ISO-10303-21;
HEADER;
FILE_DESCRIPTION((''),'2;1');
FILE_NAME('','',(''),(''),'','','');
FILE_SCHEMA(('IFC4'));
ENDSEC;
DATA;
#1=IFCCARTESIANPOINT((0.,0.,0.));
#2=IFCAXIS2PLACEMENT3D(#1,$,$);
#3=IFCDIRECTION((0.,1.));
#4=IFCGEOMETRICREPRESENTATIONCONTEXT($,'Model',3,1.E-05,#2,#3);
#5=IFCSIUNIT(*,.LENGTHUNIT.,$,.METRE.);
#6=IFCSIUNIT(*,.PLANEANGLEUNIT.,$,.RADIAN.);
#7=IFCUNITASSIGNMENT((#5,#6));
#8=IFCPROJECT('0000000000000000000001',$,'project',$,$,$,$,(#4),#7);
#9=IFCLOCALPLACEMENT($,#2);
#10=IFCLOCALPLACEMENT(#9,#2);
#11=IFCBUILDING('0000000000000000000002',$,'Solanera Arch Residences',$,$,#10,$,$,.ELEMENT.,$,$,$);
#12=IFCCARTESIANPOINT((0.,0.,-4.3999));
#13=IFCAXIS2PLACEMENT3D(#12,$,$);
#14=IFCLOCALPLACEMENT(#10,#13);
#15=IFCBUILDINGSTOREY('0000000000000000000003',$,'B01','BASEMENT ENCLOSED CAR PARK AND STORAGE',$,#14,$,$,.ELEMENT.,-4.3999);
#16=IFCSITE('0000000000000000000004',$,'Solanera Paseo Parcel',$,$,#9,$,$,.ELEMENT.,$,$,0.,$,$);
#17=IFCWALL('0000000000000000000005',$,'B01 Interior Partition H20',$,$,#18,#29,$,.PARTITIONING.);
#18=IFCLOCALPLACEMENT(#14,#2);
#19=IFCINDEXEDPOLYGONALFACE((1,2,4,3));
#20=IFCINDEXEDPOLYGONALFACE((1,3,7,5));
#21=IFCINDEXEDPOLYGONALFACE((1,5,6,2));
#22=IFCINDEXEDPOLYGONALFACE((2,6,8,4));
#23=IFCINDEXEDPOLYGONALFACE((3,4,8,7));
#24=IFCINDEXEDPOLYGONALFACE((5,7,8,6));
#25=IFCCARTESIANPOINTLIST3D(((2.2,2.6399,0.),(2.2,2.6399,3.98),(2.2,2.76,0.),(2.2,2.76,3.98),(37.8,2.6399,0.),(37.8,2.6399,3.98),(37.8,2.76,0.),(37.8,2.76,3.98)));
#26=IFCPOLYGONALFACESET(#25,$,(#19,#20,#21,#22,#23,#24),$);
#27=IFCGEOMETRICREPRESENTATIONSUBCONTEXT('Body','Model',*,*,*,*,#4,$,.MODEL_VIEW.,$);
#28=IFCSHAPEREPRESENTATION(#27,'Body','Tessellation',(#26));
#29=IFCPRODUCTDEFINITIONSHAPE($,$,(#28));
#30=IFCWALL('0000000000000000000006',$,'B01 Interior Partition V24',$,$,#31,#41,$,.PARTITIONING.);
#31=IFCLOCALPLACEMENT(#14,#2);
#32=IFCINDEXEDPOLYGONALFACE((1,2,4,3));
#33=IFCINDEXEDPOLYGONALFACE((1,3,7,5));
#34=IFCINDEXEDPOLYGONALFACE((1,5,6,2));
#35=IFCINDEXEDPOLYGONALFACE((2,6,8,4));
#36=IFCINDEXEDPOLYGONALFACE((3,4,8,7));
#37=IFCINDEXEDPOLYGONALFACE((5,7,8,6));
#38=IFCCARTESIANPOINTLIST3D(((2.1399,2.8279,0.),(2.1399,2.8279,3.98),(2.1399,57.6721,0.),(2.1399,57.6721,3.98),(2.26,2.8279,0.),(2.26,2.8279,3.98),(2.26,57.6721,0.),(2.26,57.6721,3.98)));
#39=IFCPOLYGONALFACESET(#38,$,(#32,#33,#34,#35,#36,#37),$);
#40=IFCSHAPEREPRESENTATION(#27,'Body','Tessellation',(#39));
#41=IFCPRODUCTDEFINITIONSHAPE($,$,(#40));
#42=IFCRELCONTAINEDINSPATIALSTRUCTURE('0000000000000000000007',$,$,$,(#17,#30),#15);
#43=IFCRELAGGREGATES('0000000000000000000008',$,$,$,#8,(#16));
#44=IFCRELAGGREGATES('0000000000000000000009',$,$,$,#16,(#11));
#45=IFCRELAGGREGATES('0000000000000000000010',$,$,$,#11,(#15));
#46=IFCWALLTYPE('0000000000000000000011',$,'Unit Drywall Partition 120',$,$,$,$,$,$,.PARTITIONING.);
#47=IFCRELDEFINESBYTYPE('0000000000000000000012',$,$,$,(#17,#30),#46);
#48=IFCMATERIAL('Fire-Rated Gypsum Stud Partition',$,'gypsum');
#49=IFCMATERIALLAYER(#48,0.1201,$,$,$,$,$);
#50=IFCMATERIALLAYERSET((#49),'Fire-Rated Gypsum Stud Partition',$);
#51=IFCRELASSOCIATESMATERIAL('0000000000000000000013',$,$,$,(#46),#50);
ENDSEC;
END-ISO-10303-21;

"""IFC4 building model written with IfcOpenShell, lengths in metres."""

from ifc_helpers import new_model, si_unit, direction, frame, frame_2d, origin, place, context, subcontext, project, spatial, rectangle, extrude, material, layer, layer_set, type_object, element, save


model = new_model("IFC4")

# Units and contexts
model_context = context("Model", 3, precision=1e-05, world=origin(), true_north=direction((0.0, 1.0)))
body_context = subcontext(model_context, "Body", "Model", "MODEL_VIEW")
ifc_project = project(units=[si_unit("LENGTHUNIT", "METRE"), si_unit("PLANEANGLEUNIT", "RADIAN")], contexts=[model_context])

# Site, building, storey
site_placement = place(None, origin())
site = spatial("IfcSite", under=ifc_project, at=site_placement, Name="Solanera Paseo Parcel", CompositionType="ELEMENT", RefElevation=0.0)
building_placement = place(site_placement, origin())
building = spatial("IfcBuilding", under=site, at=building_placement, Name="Solanera Arch Residences", CompositionType="ELEMENT")
storey_placement = place(building_placement, frame((0.0, 0.0, -4.3999)))
storey = spatial("IfcBuildingStorey", under=building, at=storey_placement, Name="B01", Description="BASEMENT ENCLOSED CAR PARK AND STORAGE", CompositionType="ELEMENT", Elevation=-4.3999)

# Walls
ifc_material_1 = material(Name="Fire-Rated Gypsum Stud Partition", Category="gypsum")
ifc_layer_1 = layer(ifc_material_1, 0.1201)
ifc_layer_set_1 = layer_set([ifc_layer_1], Name="Fire-Rated Gypsum Stud Partition")
wall_type_1 = type_object("IfcWallType", Name="Unit Drywall Partition 120", PredefinedType="PARTITIONING", material=ifc_layer_set_1)
wall_1_placement = place(storey_placement, frame((2.2, 2.7, 0.0), z_axis=(0.0, 0.0, 1.0), x_axis=(1.0, 0.0, 0.0)))
element("IfcWall", 1, at=wall_1_placement, inside=storey, type_object=wall_type_1, Name="B01 Interior Partition H20", PredefinedType="PARTITIONING", context=body_context, shape_type="SweptSolid", body=[
    extrude(rectangle(XDim=35.6001, YDim=0.1201, at=frame_2d((17.8, 0.0))), origin(), (0.0, 0.0, 1.0), 3.98),
])
wall_2_placement = place(storey_placement, frame((2.2, 2.8279, 0.0), z_axis=(0.0, 0.0, 1.0), x_axis=(0.0, 1.0, 0.0)))
element("IfcWall", 2, at=wall_2_placement, inside=storey, type_object=wall_type_1, Name="B01 Interior Partition V24", PredefinedType="PARTITIONING", context=body_context, shape_type="SweptSolid", body=[
    extrude(rectangle(XDim=54.8442, YDim=0.1201, at=frame_2d((27.4221, 0.0))), origin(), (0.0, 0.0, 1.0), 3.98),
])

save(model, "model.ifc")
